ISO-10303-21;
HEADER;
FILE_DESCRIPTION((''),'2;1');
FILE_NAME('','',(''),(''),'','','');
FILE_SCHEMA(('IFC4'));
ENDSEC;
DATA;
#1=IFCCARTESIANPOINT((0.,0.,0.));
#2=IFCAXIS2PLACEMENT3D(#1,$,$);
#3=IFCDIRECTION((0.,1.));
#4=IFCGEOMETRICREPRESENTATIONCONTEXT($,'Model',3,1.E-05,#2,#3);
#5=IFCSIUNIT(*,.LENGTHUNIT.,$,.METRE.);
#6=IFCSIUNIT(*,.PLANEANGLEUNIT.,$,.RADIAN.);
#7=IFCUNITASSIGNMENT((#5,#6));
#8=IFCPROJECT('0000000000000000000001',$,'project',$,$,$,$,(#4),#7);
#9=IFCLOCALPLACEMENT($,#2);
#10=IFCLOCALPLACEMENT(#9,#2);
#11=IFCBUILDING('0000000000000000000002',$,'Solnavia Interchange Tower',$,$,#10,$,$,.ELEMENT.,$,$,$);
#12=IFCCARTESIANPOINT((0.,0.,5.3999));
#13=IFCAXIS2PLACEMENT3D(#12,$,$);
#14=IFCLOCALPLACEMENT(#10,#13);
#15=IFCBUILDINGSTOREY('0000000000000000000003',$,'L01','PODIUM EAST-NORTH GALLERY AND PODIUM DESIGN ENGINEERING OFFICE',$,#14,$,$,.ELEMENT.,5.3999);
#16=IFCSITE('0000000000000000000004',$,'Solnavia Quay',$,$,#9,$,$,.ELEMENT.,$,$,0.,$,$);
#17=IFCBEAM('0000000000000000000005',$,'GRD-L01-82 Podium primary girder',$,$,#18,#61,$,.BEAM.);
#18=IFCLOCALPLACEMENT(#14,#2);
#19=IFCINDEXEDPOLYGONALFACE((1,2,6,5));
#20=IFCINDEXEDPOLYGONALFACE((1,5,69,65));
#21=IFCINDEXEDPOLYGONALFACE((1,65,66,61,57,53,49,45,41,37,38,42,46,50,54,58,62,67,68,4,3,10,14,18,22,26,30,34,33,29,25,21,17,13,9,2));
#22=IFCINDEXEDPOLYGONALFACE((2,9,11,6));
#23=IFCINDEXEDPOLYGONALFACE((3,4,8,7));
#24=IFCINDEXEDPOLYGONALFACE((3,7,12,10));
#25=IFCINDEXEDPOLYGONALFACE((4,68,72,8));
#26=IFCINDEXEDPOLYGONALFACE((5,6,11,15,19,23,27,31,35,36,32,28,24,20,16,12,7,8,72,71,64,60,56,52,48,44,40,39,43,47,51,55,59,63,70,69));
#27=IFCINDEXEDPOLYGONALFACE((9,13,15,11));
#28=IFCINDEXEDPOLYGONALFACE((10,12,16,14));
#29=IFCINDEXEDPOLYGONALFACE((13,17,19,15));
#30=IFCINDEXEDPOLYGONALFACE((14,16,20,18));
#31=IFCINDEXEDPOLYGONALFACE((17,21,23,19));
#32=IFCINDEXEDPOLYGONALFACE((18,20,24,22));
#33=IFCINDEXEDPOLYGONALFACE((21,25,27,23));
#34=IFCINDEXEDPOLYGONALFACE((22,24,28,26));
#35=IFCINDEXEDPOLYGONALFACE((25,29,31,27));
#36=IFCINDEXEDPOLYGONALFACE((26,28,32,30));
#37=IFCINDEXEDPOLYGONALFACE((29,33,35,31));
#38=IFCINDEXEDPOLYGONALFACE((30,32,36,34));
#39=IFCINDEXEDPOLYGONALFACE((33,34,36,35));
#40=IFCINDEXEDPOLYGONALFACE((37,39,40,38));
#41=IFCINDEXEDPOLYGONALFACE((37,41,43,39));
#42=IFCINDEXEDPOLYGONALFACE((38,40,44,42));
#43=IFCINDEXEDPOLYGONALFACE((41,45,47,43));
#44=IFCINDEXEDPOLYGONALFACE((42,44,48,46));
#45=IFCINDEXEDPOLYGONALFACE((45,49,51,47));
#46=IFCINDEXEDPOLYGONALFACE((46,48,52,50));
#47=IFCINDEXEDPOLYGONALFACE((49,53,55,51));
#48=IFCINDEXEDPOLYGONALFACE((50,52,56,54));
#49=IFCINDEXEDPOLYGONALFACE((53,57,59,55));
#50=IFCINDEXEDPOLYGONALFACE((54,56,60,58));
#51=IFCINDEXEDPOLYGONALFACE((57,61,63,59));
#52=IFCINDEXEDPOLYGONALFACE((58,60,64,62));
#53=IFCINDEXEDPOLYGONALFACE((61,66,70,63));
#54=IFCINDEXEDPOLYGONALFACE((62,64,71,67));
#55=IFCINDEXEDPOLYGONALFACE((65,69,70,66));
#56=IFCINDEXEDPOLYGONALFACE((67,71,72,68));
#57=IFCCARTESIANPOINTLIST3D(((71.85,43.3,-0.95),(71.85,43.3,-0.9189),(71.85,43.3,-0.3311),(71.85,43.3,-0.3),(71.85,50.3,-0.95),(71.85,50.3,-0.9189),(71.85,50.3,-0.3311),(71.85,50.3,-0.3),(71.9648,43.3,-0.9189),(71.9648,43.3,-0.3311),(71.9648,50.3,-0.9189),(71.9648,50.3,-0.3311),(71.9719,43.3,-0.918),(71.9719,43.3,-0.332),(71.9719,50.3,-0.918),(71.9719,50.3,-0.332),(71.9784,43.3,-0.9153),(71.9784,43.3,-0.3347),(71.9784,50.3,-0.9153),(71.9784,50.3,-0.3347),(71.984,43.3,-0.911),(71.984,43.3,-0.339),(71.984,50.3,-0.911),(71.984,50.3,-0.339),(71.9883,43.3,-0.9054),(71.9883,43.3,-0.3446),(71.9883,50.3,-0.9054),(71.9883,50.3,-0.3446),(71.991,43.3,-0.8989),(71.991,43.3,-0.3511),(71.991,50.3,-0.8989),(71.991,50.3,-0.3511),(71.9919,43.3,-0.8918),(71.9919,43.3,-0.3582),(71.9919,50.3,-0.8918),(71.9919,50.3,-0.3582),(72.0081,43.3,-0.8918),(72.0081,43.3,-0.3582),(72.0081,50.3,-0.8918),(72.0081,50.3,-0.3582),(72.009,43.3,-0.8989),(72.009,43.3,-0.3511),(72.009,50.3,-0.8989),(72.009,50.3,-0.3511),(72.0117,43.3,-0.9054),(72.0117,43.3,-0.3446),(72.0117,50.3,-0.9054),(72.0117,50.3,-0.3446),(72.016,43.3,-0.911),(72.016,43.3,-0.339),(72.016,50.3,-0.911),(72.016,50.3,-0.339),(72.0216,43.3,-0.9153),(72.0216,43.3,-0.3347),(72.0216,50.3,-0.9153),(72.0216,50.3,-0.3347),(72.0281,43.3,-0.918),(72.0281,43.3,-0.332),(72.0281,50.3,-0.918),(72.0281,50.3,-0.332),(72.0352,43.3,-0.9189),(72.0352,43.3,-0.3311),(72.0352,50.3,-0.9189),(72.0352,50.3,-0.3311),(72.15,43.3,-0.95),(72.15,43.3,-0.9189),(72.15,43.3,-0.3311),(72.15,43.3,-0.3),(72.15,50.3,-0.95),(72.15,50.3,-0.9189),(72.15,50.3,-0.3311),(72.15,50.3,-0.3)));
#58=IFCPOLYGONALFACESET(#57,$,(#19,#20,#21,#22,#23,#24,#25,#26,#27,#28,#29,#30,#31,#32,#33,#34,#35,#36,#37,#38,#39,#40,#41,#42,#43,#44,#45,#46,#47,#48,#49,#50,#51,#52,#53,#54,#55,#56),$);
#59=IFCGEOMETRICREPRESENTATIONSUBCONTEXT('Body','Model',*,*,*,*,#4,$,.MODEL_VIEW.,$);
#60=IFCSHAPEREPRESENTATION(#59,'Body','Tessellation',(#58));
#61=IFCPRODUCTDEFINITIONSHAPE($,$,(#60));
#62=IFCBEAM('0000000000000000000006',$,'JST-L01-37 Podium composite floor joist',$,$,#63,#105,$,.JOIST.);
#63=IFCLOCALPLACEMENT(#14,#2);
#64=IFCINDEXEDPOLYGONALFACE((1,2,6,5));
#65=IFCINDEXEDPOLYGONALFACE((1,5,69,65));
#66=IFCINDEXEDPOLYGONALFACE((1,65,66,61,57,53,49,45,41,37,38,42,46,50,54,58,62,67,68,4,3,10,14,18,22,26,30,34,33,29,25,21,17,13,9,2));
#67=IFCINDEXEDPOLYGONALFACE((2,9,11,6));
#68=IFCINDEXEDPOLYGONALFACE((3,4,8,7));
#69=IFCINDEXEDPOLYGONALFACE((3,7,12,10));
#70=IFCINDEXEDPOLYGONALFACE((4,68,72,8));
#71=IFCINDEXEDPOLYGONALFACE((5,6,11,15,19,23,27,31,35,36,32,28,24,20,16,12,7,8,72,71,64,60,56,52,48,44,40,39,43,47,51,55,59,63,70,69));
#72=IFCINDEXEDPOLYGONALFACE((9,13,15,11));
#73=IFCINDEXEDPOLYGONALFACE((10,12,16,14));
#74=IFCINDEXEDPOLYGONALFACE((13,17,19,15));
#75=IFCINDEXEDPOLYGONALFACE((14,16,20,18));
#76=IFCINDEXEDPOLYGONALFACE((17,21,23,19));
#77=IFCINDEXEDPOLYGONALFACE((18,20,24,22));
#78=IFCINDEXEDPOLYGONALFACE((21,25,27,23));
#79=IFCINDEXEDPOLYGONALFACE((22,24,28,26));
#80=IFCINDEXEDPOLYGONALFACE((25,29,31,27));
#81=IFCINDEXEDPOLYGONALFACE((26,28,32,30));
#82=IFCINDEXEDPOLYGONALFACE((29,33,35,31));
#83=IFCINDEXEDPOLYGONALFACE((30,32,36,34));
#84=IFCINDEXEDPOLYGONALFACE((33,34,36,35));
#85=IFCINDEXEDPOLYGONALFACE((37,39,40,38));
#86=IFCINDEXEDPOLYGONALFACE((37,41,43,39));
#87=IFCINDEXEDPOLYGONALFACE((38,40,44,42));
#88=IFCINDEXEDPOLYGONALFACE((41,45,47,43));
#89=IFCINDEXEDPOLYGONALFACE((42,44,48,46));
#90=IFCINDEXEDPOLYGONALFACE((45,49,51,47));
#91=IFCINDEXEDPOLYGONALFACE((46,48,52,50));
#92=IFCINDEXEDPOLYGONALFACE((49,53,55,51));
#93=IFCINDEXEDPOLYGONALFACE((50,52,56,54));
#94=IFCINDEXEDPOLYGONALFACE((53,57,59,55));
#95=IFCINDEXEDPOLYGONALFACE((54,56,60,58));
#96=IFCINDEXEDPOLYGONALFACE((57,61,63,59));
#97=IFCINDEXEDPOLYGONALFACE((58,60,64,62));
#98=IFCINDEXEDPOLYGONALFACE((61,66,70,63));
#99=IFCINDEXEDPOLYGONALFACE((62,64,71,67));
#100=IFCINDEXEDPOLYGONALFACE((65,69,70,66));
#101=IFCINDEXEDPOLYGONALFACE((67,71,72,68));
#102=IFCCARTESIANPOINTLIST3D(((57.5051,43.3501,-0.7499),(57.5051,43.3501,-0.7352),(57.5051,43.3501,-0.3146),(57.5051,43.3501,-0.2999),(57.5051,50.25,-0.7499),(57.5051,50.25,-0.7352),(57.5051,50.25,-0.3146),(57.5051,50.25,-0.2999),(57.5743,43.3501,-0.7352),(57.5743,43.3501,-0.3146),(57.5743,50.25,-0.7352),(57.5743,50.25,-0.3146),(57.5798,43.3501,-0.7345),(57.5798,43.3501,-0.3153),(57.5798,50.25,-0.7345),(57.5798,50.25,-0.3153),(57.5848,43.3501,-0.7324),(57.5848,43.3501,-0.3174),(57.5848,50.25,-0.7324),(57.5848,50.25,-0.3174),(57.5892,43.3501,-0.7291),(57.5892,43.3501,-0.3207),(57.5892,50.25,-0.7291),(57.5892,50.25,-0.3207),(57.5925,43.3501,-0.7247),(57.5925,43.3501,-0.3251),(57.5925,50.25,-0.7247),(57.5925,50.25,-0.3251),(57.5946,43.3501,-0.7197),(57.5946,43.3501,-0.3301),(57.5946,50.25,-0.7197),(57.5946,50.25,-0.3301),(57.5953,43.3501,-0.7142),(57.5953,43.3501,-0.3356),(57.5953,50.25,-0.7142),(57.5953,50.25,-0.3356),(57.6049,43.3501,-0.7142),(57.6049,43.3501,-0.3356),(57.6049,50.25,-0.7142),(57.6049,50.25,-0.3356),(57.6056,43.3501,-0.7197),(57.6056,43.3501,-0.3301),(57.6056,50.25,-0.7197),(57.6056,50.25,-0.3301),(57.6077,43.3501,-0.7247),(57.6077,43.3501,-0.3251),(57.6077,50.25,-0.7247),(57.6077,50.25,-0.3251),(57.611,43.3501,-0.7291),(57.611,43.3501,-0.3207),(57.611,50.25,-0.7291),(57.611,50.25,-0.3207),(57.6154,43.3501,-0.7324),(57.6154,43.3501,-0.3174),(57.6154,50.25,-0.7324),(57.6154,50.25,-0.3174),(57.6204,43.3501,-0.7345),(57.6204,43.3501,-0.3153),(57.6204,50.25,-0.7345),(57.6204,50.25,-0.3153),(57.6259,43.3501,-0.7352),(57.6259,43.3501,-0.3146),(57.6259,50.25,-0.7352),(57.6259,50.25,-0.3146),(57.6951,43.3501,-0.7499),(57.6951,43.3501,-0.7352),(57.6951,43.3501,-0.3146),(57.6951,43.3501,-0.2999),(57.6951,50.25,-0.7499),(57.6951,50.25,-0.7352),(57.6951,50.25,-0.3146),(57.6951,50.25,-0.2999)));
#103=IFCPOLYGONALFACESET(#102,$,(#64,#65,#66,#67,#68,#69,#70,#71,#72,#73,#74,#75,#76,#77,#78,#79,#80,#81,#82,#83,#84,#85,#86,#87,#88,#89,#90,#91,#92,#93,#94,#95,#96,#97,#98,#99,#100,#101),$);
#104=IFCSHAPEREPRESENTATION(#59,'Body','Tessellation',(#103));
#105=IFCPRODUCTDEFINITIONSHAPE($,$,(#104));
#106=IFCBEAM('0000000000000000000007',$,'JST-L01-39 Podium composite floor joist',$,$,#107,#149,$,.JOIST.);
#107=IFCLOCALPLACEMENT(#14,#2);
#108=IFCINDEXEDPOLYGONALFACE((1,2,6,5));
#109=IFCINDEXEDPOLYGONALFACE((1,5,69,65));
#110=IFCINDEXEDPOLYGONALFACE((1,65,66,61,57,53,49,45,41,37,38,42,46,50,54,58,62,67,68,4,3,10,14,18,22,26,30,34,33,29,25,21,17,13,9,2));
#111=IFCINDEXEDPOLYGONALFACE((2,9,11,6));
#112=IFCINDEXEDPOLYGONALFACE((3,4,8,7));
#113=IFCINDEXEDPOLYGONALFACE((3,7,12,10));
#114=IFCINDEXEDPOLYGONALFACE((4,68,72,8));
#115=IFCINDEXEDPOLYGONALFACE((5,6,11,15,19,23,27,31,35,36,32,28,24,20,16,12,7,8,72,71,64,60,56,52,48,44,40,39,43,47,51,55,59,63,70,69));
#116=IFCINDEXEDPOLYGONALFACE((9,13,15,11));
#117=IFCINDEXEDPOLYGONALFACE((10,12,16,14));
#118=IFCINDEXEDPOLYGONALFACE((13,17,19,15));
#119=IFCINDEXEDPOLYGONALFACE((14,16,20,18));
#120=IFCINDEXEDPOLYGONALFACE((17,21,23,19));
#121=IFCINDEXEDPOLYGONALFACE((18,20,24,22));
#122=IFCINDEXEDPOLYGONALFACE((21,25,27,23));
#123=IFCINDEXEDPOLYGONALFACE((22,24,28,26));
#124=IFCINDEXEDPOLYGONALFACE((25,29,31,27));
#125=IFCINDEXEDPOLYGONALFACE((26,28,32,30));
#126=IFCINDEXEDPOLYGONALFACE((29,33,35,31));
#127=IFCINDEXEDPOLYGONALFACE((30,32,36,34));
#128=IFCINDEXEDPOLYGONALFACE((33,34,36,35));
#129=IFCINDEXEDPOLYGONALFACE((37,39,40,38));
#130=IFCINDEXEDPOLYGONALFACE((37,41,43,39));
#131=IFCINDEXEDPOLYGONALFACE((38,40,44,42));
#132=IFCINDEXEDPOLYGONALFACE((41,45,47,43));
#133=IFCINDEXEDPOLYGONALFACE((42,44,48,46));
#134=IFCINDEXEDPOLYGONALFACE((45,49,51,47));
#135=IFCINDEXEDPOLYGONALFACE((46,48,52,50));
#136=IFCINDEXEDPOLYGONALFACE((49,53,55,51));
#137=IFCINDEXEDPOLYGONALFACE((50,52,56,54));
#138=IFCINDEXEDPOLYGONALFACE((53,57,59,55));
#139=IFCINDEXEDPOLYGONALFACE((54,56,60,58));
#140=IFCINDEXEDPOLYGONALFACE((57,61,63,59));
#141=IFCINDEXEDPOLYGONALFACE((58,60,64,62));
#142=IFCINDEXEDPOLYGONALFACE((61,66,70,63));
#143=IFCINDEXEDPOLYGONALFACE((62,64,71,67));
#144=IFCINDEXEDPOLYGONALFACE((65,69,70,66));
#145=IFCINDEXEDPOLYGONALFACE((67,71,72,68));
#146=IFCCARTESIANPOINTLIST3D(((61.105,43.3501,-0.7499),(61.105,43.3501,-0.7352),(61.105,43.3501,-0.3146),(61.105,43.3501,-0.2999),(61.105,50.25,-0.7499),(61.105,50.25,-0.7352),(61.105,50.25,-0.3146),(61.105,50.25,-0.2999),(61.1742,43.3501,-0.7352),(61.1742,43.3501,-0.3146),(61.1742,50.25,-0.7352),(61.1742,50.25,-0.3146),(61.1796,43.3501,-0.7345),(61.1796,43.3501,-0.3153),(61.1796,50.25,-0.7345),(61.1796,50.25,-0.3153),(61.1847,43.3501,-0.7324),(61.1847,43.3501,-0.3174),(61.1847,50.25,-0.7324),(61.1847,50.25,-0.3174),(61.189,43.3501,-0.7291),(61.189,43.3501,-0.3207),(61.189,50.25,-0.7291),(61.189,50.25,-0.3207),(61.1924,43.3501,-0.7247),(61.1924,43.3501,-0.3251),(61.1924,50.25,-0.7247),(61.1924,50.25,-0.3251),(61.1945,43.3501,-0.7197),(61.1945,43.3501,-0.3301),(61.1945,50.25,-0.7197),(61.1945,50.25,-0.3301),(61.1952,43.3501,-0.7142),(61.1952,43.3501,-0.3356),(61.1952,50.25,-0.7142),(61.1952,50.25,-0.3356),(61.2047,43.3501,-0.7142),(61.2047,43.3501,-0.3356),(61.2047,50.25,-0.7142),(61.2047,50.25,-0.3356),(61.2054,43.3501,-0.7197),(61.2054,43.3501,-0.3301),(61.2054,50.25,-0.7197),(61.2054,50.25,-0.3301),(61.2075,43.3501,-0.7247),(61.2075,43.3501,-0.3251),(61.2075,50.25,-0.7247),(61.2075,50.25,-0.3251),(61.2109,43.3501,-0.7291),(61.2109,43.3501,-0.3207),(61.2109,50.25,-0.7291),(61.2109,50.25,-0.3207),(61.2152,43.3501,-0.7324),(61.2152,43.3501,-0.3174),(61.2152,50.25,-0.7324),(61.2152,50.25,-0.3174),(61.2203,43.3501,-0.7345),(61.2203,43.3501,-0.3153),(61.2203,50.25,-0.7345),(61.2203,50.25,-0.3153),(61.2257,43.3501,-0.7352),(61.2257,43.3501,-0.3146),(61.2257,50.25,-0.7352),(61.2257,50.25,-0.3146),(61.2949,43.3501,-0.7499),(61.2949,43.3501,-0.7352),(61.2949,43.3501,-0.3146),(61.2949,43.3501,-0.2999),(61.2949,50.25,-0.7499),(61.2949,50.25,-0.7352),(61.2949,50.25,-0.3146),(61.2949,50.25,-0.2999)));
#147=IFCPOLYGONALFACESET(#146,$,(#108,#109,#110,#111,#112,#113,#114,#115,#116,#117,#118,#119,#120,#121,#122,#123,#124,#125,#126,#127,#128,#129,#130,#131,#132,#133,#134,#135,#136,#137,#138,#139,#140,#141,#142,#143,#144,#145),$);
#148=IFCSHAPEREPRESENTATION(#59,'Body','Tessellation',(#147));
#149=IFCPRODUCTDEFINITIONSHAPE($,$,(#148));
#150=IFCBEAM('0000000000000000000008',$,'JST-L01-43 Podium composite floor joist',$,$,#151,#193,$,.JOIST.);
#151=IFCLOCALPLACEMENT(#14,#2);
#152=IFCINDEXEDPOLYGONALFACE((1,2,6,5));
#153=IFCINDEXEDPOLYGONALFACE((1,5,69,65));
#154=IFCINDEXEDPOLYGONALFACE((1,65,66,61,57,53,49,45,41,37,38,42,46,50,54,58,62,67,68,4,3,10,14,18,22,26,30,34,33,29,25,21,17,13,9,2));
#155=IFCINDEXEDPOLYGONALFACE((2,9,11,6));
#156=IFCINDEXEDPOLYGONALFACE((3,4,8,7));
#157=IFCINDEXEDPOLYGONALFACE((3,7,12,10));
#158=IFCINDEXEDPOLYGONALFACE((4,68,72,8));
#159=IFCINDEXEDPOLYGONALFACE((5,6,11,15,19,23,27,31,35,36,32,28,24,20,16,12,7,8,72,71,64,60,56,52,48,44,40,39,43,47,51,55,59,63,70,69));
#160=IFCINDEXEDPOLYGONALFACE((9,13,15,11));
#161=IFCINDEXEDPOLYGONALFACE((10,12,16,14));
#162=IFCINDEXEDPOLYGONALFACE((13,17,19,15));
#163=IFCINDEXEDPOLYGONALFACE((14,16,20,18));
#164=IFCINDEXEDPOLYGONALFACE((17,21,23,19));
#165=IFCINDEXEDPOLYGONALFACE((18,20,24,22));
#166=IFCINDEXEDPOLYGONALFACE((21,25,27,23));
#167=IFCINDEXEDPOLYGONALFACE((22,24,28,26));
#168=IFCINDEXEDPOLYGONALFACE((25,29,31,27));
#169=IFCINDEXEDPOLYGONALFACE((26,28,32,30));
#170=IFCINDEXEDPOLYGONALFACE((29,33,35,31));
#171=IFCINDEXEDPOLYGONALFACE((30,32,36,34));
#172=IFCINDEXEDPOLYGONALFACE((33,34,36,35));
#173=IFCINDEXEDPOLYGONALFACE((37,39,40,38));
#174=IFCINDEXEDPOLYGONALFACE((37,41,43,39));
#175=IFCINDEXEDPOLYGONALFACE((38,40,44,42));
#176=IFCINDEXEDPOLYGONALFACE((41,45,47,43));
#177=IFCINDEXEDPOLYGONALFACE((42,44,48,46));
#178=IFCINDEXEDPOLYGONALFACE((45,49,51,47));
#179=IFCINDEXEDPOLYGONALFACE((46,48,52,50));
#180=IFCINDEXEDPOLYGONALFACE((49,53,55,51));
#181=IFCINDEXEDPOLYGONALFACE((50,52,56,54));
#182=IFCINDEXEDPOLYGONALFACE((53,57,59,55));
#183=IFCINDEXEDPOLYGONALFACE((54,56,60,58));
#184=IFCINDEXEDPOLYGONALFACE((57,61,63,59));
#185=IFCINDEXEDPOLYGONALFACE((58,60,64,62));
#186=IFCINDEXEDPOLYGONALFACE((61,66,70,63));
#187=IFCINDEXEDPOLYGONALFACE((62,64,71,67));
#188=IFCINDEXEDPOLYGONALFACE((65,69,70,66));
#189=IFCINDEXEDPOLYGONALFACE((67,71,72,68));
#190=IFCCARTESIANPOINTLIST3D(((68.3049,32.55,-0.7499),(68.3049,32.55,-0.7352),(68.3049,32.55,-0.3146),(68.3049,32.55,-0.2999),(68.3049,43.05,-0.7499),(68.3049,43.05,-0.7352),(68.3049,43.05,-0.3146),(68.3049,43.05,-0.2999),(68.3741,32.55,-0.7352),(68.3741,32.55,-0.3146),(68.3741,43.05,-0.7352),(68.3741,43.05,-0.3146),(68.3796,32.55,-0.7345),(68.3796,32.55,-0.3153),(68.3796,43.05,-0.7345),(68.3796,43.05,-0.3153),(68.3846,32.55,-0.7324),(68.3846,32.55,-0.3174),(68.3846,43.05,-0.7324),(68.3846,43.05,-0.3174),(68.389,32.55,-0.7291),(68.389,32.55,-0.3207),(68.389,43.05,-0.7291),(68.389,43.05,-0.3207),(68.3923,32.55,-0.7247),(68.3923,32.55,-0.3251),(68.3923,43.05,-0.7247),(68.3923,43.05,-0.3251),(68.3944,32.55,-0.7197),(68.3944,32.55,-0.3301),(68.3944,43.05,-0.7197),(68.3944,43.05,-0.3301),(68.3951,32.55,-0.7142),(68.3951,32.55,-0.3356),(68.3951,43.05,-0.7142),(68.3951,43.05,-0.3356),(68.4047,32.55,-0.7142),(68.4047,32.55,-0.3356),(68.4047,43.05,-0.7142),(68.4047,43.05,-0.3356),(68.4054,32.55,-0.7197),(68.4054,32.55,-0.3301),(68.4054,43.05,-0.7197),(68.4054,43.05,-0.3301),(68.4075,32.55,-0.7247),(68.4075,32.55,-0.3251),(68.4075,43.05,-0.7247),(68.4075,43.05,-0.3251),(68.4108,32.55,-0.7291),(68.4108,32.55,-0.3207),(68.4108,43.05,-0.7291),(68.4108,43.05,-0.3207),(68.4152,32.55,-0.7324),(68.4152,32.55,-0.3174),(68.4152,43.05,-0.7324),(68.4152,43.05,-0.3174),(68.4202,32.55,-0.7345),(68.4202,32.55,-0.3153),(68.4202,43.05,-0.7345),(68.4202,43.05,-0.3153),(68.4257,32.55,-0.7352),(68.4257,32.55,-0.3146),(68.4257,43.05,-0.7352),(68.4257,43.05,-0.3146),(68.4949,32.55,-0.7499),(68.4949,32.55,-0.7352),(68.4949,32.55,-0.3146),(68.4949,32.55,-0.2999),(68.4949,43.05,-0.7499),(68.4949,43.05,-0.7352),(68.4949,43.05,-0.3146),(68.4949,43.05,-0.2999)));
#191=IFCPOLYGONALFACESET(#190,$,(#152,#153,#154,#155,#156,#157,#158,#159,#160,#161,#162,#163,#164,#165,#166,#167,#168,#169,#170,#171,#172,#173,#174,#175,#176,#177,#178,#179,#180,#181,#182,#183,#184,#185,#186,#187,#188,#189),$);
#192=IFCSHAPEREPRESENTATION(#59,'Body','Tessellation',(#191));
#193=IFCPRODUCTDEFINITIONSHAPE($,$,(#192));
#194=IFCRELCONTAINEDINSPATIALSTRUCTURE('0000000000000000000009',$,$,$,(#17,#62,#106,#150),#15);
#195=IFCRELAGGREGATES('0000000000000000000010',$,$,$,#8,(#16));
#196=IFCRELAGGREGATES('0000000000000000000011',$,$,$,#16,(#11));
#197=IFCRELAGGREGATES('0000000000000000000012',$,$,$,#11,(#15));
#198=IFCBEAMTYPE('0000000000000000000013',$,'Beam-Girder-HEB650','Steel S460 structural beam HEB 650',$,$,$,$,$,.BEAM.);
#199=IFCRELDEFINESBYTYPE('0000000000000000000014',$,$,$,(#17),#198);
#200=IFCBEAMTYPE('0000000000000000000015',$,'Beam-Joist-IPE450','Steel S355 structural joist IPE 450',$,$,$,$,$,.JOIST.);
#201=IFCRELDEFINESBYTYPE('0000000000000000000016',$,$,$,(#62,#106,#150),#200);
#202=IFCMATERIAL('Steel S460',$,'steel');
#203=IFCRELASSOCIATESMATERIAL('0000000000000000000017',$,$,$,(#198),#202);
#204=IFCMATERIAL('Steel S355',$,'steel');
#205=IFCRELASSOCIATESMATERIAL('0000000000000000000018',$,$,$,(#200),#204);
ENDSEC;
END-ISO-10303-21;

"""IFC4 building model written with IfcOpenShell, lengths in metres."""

from ifc_helpers import new_model, si_unit, direction, frame, origin, origin_2d, place, context, subcontext, project, spatial, i_section, extrude, material, material_profile, profile_set, type_object, element, save


model = new_model("IFC4")

# Units and contexts
model_context = context("Model", 3, precision=1e-05, world=origin(), true_north=direction((0.0, 1.0)))
body_context = subcontext(model_context, "Body", "Model", "MODEL_VIEW")
ifc_project = project(units=[si_unit("LENGTHUNIT", "METRE"), si_unit("PLANEANGLEUNIT", "RADIAN")], contexts=[model_context])

# Site, building, storey
site_placement = place(None, origin())
site = spatial("IfcSite", under=ifc_project, at=site_placement, Name="Solnavia Quay", CompositionType="ELEMENT", RefElevation=0.0)
building_placement = place(site_placement, origin())
building = spatial("IfcBuilding", under=site, at=building_placement, Name="Solnavia Interchange Tower", CompositionType="ELEMENT")
storey_placement = place(building_placement, frame((0.0, 0.0, 5.3999)))
storey = spatial("IfcBuildingStorey", under=building, at=storey_placement, Name="L01", Description="PODIUM EAST-NORTH GALLERY AND PODIUM DESIGN ENGINEERING OFFICE", CompositionType="ELEMENT", Elevation=5.3999)

# Beams
ifc_material_1 = material(Name="Steel S460", Category="steel")
ifc_material_profile_1 = material_profile(ifc_material_1, i_section(OverallWidth=0.3, OverallDepth=0.6499, WebThickness=0.0161, FlangeThickness=0.031, FilletRadius=0.0271, at=origin_2d()), Name="HEB 650")
ifc_profile_set_1 = profile_set([ifc_material_profile_1], Name="Steel S460")
beam_type_1 = type_object("IfcBeamType", Name="Beam-Girder-HEB650", Description="Steel S460 structural beam HEB 650", PredefinedType="BEAM", material=ifc_profile_set_1)
for number, where, z_axis, x_axis, name in (
    (1, (72.0, 43.3, -0.625), (0.0, 1.0, 0.0), (-1.0, 0.0, 0.0), "GRD-L01-82 Podium primary girder"),
):
    element("IfcBeam", number, at=place(storey_placement, frame(where, z_axis=z_axis, x_axis=x_axis)), inside=storey, type_object=beam_type_1, Name=name, PredefinedType="BEAM", context=body_context, shape_type="SweptSolid", body=[
        extrude(i_section(OverallWidth=0.3, OverallDepth=0.6499, WebThickness=0.0161, FlangeThickness=0.031, FilletRadius=0.0271, at=origin_2d()), origin(), (0.0, 0.0, 1.0), 7.0),
    ])
ifc_material_2 = material(Name="Steel S355", Category="steel")
ifc_material_profile_2 = material_profile(ifc_material_2, i_section(OverallWidth=0.1899, OverallDepth=0.45, WebThickness=0.0095, FlangeThickness=0.0146, FilletRadius=0.021, at=origin_2d()), Name="IPE 450")
ifc_profile_set_2 = profile_set([ifc_material_profile_2], Name="Steel S355")
beam_type_2 = type_object("IfcBeamType", Name="Beam-Joist-IPE450", Description="Steel S355 structural joist IPE 450", PredefinedType="JOIST", material=ifc_profile_set_2)
for number, where, z_axis, x_axis, name in (
    (2, (57.6001, 43.3501, -0.5249), (0.0, 1.0, 0.0), (-1.0, 0.0, 0.0), "JST-L01-37 Podium composite floor joist"),
    (3, (61.2, 43.3501, -0.5249), (0.0, 1.0, 0.0), (-1.0, 0.0, 0.0), "JST-L01-39 Podium composite floor joist"),
):
    element("IfcBeam", number, at=place(storey_placement, frame(where, z_axis=z_axis, x_axis=x_axis)), inside=storey, type_object=beam_type_2, Name=name, PredefinedType="JOIST", context=body_context, shape_type="SweptSolid", body=[
        extrude(i_section(OverallWidth=0.1899, OverallDepth=0.45, WebThickness=0.0095, FlangeThickness=0.0146, FilletRadius=0.021, at=origin_2d()), origin(), (0.0, 0.0, 1.0), 6.8999),
    ])
beam_1_placement = place(storey_placement, frame((68.3999, 32.55, -0.5249), z_axis=(0.0, 1.0, 0.0), x_axis=(-1.0, 0.0, 0.0)))
element("IfcBeam", 4, at=beam_1_placement, inside=storey, type_object=beam_type_2, Name="JST-L01-43 Podium composite floor joist", PredefinedType="JOIST", context=body_context, shape_type="SweptSolid", body=[
    extrude(i_section(OverallWidth=0.1899, OverallDepth=0.45, WebThickness=0.0095, FlangeThickness=0.0146, FilletRadius=0.021, at=origin_2d()), origin(), (0.0, 0.0, 1.0), 10.5),
])

save(model, "model.ifc")
